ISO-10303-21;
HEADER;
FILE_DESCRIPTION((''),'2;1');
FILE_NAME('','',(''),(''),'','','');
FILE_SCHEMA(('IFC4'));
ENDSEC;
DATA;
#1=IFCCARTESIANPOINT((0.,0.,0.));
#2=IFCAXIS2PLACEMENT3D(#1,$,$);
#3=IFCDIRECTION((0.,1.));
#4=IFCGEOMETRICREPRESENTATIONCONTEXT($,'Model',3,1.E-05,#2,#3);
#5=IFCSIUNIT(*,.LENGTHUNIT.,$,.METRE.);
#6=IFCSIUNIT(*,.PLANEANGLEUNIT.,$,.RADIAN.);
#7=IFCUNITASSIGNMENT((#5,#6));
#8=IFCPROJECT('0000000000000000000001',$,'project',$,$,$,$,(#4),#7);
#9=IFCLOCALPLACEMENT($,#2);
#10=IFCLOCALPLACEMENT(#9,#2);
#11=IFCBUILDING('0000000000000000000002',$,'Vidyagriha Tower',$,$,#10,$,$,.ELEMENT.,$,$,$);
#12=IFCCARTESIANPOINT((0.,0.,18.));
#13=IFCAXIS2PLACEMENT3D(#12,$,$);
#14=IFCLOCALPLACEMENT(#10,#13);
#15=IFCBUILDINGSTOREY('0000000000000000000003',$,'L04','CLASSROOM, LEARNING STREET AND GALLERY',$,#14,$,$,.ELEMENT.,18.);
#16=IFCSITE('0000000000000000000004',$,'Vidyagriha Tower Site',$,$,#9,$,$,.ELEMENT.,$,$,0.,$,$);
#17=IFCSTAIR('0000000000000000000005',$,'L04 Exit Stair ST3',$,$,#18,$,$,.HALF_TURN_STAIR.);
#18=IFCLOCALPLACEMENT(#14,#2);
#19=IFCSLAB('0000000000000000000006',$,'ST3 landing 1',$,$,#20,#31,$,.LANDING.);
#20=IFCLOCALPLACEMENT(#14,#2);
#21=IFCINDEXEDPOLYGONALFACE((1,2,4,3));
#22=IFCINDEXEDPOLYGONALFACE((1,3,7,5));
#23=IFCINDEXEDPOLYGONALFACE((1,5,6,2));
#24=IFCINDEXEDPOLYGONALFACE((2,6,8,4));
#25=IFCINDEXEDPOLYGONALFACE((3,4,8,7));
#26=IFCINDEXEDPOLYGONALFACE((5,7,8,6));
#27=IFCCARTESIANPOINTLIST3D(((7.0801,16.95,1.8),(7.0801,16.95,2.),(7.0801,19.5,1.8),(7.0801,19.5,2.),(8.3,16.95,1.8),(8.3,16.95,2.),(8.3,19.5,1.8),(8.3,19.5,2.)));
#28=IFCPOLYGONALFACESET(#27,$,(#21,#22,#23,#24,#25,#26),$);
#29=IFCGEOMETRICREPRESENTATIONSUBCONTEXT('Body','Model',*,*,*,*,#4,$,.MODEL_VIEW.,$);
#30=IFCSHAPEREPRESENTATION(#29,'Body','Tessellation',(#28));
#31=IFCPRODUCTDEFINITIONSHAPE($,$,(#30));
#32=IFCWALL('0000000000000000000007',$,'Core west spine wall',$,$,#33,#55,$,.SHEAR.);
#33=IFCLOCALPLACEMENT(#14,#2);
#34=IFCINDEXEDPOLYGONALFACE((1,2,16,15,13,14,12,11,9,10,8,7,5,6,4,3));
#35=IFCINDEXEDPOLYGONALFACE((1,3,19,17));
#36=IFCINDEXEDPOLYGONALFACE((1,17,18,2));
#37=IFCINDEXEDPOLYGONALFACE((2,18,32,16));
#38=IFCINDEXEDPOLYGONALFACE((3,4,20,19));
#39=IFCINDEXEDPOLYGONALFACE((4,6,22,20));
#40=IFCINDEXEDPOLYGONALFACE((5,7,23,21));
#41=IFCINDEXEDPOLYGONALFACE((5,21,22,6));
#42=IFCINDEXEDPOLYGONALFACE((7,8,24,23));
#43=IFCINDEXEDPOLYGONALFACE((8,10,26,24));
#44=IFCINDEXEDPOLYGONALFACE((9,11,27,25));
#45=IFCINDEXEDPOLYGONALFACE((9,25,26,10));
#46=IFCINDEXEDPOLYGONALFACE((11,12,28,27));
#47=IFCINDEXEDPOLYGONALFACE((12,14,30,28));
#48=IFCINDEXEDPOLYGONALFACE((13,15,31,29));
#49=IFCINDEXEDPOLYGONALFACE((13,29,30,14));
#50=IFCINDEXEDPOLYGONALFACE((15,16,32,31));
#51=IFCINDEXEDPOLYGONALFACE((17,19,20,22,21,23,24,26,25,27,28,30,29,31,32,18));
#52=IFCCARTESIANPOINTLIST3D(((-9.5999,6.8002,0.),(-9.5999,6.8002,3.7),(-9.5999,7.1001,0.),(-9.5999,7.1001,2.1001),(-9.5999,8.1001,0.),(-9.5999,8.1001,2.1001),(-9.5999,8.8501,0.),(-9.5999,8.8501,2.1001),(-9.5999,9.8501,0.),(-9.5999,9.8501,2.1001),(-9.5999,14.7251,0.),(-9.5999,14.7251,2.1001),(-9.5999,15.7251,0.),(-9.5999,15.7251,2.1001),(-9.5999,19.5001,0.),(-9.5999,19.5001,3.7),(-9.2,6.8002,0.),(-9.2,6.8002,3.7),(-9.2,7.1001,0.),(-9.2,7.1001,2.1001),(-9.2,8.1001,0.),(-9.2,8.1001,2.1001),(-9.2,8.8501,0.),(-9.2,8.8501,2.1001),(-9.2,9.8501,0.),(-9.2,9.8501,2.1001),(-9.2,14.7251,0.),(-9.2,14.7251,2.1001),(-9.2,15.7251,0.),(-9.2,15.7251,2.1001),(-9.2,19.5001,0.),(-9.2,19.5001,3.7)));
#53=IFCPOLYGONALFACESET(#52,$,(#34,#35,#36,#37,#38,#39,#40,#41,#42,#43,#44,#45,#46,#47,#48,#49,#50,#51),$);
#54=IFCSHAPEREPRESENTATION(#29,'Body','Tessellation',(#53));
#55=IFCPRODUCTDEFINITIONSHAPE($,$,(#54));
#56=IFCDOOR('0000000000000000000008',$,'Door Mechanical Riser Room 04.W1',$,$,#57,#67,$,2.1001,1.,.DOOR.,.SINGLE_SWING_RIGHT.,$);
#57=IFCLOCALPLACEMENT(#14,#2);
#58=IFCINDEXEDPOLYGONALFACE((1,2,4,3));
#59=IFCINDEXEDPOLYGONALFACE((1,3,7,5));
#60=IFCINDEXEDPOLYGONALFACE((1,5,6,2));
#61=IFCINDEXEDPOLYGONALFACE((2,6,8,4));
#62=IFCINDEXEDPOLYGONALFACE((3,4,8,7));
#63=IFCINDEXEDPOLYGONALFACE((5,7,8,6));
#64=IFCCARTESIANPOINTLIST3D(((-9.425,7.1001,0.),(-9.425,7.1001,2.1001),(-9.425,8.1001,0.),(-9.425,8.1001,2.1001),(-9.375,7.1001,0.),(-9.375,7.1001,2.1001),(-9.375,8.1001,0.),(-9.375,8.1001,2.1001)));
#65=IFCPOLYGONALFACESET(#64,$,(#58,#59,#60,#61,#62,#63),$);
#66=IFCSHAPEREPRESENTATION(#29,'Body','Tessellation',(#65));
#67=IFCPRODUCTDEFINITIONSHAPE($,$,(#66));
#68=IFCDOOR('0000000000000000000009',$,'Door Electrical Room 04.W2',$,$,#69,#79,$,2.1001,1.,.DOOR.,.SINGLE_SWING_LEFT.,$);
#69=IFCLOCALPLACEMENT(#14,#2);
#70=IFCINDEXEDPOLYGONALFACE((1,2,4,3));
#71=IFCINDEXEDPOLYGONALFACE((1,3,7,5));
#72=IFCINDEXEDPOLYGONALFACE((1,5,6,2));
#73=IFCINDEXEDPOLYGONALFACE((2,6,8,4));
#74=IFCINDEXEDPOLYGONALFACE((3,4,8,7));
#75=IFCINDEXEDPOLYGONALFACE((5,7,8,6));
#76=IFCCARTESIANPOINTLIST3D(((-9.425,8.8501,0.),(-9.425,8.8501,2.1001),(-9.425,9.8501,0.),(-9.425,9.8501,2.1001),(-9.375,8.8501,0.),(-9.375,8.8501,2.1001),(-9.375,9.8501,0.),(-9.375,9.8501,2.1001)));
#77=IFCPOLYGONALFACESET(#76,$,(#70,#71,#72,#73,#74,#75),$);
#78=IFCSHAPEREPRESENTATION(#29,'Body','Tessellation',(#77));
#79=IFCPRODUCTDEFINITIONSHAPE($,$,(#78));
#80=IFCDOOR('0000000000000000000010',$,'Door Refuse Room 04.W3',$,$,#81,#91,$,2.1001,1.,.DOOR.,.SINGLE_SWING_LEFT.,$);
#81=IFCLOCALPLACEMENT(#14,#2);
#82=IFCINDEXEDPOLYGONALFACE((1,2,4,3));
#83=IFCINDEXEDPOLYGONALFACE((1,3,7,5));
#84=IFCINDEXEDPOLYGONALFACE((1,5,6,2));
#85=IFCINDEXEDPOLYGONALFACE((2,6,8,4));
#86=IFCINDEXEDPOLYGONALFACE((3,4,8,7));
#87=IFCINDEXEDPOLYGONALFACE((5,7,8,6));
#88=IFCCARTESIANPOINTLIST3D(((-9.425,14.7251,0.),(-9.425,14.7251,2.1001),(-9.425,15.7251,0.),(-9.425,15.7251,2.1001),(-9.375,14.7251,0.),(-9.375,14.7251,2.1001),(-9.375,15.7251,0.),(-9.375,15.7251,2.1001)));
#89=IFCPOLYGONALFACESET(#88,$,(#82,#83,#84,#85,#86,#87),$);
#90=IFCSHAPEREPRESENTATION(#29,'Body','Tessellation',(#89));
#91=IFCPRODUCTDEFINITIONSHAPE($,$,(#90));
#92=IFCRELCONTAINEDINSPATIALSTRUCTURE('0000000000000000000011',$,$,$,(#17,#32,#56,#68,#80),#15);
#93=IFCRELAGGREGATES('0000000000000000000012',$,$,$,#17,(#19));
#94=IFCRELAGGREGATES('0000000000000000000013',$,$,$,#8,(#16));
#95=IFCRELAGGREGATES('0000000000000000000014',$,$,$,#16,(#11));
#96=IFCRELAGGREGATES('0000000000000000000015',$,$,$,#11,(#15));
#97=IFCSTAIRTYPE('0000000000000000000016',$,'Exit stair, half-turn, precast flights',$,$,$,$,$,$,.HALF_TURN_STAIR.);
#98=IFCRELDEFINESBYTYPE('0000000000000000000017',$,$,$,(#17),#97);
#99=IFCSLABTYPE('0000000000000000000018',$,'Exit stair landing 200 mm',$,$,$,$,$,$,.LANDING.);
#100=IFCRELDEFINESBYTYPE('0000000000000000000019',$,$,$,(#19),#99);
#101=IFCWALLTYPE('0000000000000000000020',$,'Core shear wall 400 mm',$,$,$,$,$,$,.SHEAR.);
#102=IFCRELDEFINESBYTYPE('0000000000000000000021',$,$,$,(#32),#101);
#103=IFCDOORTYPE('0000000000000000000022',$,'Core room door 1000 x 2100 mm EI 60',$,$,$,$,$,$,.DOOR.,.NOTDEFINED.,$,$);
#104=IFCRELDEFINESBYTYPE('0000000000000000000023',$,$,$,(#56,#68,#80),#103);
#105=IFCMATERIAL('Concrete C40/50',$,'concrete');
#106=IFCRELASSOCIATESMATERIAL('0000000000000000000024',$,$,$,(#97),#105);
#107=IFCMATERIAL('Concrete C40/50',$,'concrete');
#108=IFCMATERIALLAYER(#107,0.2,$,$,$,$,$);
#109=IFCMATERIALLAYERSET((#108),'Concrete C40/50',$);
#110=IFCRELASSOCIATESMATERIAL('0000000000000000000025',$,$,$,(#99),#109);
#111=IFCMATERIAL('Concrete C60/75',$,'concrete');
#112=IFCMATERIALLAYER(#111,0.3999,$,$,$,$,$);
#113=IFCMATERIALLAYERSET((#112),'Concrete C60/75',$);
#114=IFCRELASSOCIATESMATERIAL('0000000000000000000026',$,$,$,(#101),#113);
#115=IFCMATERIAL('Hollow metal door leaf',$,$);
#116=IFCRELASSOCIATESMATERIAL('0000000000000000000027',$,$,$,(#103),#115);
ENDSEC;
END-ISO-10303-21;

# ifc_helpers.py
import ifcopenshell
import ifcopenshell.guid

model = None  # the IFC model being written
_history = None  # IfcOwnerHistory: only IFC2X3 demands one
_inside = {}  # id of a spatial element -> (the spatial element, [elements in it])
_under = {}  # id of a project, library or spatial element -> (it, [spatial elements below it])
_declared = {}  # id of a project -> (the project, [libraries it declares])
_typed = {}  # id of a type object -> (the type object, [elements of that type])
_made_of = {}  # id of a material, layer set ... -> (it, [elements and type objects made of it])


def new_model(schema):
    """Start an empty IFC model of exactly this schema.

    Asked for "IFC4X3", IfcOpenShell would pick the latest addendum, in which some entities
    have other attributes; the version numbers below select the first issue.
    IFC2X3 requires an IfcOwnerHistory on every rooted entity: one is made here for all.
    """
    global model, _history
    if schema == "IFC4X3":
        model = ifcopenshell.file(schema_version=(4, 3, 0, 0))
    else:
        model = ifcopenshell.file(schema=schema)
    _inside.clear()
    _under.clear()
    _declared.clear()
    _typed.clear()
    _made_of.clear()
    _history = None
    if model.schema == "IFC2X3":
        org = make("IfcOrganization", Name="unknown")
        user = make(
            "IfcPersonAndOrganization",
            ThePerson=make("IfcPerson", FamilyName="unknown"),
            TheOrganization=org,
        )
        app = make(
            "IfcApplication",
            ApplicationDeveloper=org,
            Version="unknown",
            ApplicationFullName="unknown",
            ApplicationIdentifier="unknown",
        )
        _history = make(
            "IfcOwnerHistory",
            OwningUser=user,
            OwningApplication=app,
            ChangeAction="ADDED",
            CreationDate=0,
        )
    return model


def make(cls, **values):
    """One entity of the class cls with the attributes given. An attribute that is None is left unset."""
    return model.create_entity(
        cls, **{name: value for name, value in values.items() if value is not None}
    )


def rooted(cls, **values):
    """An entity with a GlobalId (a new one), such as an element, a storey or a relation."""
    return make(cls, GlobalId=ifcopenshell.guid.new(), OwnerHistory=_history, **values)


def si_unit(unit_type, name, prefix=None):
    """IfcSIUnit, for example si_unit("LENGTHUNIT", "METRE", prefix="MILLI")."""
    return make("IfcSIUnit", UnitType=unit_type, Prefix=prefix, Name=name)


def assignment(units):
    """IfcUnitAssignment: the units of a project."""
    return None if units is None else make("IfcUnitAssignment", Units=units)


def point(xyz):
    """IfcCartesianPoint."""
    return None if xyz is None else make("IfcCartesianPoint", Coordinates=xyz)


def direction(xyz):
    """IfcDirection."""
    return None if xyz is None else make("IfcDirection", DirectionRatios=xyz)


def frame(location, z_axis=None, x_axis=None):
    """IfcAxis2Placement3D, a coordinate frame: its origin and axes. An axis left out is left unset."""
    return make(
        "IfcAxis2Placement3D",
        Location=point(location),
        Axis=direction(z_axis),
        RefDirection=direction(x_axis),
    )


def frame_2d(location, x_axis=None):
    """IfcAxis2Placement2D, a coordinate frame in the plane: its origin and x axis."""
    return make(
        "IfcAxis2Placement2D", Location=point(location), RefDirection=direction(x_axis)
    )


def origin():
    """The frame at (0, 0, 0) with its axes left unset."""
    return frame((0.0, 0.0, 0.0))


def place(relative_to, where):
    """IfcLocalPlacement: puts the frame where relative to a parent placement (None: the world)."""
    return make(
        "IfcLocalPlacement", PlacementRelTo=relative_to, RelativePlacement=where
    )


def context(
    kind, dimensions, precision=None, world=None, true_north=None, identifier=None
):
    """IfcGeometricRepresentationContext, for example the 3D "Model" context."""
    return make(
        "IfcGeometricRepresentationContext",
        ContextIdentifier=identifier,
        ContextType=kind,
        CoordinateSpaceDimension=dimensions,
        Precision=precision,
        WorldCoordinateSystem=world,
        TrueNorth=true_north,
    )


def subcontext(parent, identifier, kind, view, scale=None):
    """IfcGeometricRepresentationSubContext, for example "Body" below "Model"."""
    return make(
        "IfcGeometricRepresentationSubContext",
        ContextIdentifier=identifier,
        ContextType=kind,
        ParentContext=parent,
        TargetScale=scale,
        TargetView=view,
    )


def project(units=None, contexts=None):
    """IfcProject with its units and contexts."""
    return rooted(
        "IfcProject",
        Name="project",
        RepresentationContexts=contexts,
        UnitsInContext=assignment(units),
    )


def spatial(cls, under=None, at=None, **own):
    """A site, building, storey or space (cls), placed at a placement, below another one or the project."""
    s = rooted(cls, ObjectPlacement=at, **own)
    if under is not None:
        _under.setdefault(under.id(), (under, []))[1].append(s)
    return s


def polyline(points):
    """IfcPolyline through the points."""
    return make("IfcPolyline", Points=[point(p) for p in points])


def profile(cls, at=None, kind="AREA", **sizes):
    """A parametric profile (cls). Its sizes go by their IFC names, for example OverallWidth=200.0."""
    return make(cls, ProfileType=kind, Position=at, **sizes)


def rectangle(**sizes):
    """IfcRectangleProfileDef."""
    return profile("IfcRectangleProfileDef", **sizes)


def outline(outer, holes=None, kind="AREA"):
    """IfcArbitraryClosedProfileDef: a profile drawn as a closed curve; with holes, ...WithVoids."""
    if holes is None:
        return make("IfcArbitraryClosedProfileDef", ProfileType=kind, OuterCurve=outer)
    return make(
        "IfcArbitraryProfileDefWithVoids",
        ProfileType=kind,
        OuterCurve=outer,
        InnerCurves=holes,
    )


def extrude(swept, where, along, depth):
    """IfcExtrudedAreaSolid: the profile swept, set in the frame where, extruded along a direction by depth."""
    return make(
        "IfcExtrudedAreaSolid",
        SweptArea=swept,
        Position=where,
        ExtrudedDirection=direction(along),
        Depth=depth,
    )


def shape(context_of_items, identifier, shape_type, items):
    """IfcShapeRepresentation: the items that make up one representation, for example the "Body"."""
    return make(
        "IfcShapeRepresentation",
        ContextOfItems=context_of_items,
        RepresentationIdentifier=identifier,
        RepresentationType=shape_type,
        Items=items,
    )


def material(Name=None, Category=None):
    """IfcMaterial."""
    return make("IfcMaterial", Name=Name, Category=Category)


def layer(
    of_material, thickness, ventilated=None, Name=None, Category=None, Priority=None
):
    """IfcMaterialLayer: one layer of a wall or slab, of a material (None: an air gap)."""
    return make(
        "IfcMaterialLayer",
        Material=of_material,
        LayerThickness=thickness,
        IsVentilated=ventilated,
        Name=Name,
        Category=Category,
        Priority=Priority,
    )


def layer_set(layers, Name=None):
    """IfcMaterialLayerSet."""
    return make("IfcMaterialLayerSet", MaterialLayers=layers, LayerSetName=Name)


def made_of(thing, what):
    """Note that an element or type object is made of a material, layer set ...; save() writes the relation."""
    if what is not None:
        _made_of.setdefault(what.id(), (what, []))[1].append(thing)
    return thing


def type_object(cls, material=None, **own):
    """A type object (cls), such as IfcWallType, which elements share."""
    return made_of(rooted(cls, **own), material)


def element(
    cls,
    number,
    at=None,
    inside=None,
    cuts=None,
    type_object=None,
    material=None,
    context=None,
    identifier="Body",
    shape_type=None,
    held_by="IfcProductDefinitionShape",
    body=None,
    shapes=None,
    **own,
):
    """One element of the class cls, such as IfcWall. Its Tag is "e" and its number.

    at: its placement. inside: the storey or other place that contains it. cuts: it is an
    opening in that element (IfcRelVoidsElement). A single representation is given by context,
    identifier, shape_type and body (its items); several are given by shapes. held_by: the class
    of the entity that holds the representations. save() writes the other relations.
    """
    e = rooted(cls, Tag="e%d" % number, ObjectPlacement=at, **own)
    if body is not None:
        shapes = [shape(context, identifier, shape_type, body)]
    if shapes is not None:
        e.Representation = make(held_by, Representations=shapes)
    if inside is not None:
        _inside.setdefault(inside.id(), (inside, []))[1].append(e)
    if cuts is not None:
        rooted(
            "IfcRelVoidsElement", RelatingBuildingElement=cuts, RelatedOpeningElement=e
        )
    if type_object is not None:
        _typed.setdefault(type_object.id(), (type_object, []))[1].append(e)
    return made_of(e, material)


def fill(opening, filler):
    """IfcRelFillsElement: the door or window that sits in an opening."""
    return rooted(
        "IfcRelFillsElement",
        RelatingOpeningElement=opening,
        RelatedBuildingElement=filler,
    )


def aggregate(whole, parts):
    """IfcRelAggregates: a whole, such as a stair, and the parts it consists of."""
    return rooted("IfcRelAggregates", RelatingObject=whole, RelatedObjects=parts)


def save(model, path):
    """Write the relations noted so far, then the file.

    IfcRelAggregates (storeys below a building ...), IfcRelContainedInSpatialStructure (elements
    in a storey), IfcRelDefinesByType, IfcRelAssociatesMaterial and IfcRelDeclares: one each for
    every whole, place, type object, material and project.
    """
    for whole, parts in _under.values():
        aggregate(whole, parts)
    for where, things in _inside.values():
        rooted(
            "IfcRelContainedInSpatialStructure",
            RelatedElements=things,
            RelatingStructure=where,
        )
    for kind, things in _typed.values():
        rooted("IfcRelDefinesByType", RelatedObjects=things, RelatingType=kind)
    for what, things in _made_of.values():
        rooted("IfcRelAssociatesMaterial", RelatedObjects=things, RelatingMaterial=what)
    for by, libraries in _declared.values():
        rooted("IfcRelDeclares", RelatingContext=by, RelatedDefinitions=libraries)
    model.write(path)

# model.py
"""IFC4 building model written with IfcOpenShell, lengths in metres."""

from ifc_helpers import new_model, si_unit, direction, frame, frame_2d, origin, place, context, subcontext, project, spatial, polyline, rectangle, outline, extrude, material, layer, layer_set, type_object, element, fill, aggregate, save


model = new_model("IFC4")

# Units and contexts
model_context = context("Model", 3, precision=1e-05, world=origin(), true_north=direction((0.0, 1.0)))
body_context = subcontext(model_context, "Body", "Model", "MODEL_VIEW")
ifc_project = project(units=[si_unit("LENGTHUNIT", "METRE"), si_unit("PLANEANGLEUNIT", "RADIAN")], contexts=[model_context])

# Site, building, storey
site_placement = place(None, origin())
site = spatial("IfcSite", under=ifc_project, at=site_placement, Name="Vidyagriha Tower Site", CompositionType="ELEMENT", RefElevation=0.0)
building_placement = place(site_placement, origin())
building = spatial("IfcBuilding", under=site, at=building_placement, Name="Vidyagriha Tower", CompositionType="ELEMENT")
storey_placement = place(building_placement, frame((0.0, 0.0, 18.0)))
storey = spatial("IfcBuildingStorey", under=building, at=storey_placement, Name="L04", Description="CLASSROOM, LEARNING STREET AND GALLERY", CompositionType="ELEMENT", Elevation=18.0)

# Stair, slab
ifc_material_1 = material(Name="Concrete C40/50", Category="concrete")
stair_type = type_object("IfcStairType", Name="Exit stair, half-turn, precast flights", PredefinedType="HALF_TURN_STAIR", material=ifc_material_1)
stair_placement = place(storey_placement, origin())
stair = element("IfcStair", 1, at=stair_placement, inside=storey, type_object=stair_type, Name="L04 Exit Stair ST3", PredefinedType="HALF_TURN_STAIR")
ifc_material_2 = material(Name="Concrete C40/50", Category="concrete")
ifc_layer_1 = layer(ifc_material_2, 0.2)
ifc_layer_set_1 = layer_set([ifc_layer_1], Name="Concrete C40/50")
slab_type = type_object("IfcSlabType", Name="Exit stair landing 200 mm", PredefinedType="LANDING", material=ifc_layer_set_1)
slab_placement = place(storey_placement, frame((0.0, 0.0, 1.8)))
slab = element("IfcSlab", 2, at=slab_placement, type_object=slab_type, Name="ST3 landing 1", PredefinedType="LANDING", context=body_context, shape_type="SweptSolid", body=[
    extrude(outline(polyline([(7.0801, 16.95), (8.3, 16.95), (8.3, 19.5), (7.0801, 19.5), (7.0801, 16.95)])), origin(), (0.0, 0.0, 1.0), 0.2),
])
aggregate(stair, [slab])

# Wall, openings, doors
ifc_material_3 = material(Name="Concrete C60/75", Category="concrete")
ifc_layer_2 = layer(ifc_material_3, 0.3999)
ifc_layer_set_2 = layer_set([ifc_layer_2], Name="Concrete C60/75")
wall_type_1 = type_object("IfcWallType", Name="Core shear wall 400 mm", PredefinedType="SHEAR", material=ifc_layer_set_2)
wall_1_placement = place(storey_placement, frame((-9.3999, 6.8, 0.0), z_axis=(0.0, 0.0, 1.0), x_axis=(0.0, 1.0, 0.0)))
wall_1 = element("IfcWall", 3, at=wall_1_placement, inside=storey, type_object=wall_type_1, Name="Core west spine wall", PredefinedType="SHEAR", context=body_context, shape_type="SweptSolid", body=[
    extrude(rectangle(XDim=12.7, YDim=0.3999, at=frame_2d((6.3501, 0.0))), origin(), (0.0, 0.0, 1.0), 3.7),
])
opening_1_placement = place(wall_1_placement, frame((0.3, 0.0, 0.0)))
opening_1 = element("IfcOpeningElement", 4, at=opening_1_placement, cuts=wall_1, PredefinedType="OPENING", context=body_context, shape_type="SweptSolid", body=[
    extrude(rectangle(XDim=1.0, YDim=2.1001, at=frame_2d((0.5, 1.05))), frame((0.0, 0.21, 0.0), z_axis=(0.0, -1.0, 0.0), x_axis=(1.0, 0.0, 0.0)), (0.0, 0.0, 1.0), 0.4199),
])
opening_2_placement = place(wall_1_placement, frame((2.05, 0.0, 0.0)))
opening_2 = element("IfcOpeningElement", 5, at=opening_2_placement, cuts=wall_1, PredefinedType="OPENING", context=body_context, shape_type="SweptSolid", body=[
    extrude(rectangle(XDim=1.0, YDim=2.1001, at=frame_2d((0.5, 1.05))), frame((0.0, 0.21, 0.0), z_axis=(0.0, -1.0, 0.0), x_axis=(1.0, 0.0, 0.0)), (0.0, 0.0, 1.0), 0.4199),
])
opening_3_placement = place(wall_1_placement, frame((7.925, 0.0, 0.0)))
opening_3 = element("IfcOpeningElement", 6, at=opening_3_placement, cuts=wall_1, PredefinedType="OPENING", context=body_context, shape_type="SweptSolid", body=[
    extrude(rectangle(XDim=1.0, YDim=2.1001, at=frame_2d((0.5, 1.05))), frame((0.0, 0.21, 0.0), z_axis=(0.0, -1.0, 0.0), x_axis=(1.0, 0.0, 0.0)), (0.0, 0.0, 1.0), 0.4199),
])
ifc_material_4 = material(Name="Hollow metal door leaf")
door_type_1 = type_object("IfcDoorType", Name="Core room door 1000 x 2100 mm EI 60", OperationType="NOTDEFINED", PredefinedType="DOOR", material=ifc_material_4)
door_1_placement = place(opening_1_placement, frame((1.0, 0.0, 0.0), z_axis=(0.0, 0.0, 1.0), x_axis=(-1.0, 0.0, 0.0)))
door_1 = element("IfcDoor", 7, at=door_1_placement, inside=storey, type_object=door_type_1, Name="Door Mechanical Riser Room 04.W1", OperationType="SINGLE_SWING_RIGHT", OverallHeight=2.1001, OverallWidth=1.0, PredefinedType="DOOR", context=body_context, shape_type="SweptSolid", body=[
    extrude(rectangle(XDim=1.0, YDim=2.1001, at=frame_2d((0.5, 1.05))), frame((0.0, 0.0249, 0.0), z_axis=(0.0, -1.0, 0.0), x_axis=(1.0, 0.0, 0.0)), (0.0, 0.0, 1.0), 0.05),
])
fill(opening_1, door_1)
door_2_placement = place(opening_2_placement, frame((1.0, 0.0, 0.0), z_axis=(0.0, 0.0, 1.0), x_axis=(-1.0, 0.0, 0.0)))
door_2 = element("IfcDoor", 8, at=door_2_placement, inside=storey, type_object=door_type_1, Name="Door Electrical Room 04.W2", OperationType="SINGLE_SWING_LEFT", OverallHeight=2.1001, OverallWidth=1.0, PredefinedType="DOOR", context=body_context, shape_type="SweptSolid", body=[
    extrude(rectangle(XDim=1.0, YDim=2.1001, at=frame_2d((0.5, 1.05))), frame((0.0, 0.0249, 0.0), z_axis=(0.0, -1.0, 0.0), x_axis=(1.0, 0.0, 0.0)), (0.0, 0.0, 1.0), 0.05),
])
fill(opening_2, door_2)
door_3_placement = place(opening_3_placement, frame((1.0, 0.0, 0.0), z_axis=(0.0, 0.0, 1.0), x_axis=(-1.0, 0.0, 0.0)))
door_3 = element("IfcDoor", 9, at=door_3_placement, inside=storey, type_object=door_type_1, Name="Door Refuse Room 04.W3", OperationType="SINGLE_SWING_LEFT", OverallHeight=2.1001, OverallWidth=1.0, PredefinedType="DOOR", context=body_context, shape_type="SweptSolid", body=[
    extrude(rectangle(XDim=1.0, YDim=2.1001, at=frame_2d((0.5, 1.05))), frame((0.0, 0.0249, 0.0), z_axis=(0.0, -1.0, 0.0), x_axis=(1.0, 0.0, 0.0)), (0.0, 0.0, 1.0), 0.05),
])
fill(opening_3, door_3)

save(model, "model.ifc")
